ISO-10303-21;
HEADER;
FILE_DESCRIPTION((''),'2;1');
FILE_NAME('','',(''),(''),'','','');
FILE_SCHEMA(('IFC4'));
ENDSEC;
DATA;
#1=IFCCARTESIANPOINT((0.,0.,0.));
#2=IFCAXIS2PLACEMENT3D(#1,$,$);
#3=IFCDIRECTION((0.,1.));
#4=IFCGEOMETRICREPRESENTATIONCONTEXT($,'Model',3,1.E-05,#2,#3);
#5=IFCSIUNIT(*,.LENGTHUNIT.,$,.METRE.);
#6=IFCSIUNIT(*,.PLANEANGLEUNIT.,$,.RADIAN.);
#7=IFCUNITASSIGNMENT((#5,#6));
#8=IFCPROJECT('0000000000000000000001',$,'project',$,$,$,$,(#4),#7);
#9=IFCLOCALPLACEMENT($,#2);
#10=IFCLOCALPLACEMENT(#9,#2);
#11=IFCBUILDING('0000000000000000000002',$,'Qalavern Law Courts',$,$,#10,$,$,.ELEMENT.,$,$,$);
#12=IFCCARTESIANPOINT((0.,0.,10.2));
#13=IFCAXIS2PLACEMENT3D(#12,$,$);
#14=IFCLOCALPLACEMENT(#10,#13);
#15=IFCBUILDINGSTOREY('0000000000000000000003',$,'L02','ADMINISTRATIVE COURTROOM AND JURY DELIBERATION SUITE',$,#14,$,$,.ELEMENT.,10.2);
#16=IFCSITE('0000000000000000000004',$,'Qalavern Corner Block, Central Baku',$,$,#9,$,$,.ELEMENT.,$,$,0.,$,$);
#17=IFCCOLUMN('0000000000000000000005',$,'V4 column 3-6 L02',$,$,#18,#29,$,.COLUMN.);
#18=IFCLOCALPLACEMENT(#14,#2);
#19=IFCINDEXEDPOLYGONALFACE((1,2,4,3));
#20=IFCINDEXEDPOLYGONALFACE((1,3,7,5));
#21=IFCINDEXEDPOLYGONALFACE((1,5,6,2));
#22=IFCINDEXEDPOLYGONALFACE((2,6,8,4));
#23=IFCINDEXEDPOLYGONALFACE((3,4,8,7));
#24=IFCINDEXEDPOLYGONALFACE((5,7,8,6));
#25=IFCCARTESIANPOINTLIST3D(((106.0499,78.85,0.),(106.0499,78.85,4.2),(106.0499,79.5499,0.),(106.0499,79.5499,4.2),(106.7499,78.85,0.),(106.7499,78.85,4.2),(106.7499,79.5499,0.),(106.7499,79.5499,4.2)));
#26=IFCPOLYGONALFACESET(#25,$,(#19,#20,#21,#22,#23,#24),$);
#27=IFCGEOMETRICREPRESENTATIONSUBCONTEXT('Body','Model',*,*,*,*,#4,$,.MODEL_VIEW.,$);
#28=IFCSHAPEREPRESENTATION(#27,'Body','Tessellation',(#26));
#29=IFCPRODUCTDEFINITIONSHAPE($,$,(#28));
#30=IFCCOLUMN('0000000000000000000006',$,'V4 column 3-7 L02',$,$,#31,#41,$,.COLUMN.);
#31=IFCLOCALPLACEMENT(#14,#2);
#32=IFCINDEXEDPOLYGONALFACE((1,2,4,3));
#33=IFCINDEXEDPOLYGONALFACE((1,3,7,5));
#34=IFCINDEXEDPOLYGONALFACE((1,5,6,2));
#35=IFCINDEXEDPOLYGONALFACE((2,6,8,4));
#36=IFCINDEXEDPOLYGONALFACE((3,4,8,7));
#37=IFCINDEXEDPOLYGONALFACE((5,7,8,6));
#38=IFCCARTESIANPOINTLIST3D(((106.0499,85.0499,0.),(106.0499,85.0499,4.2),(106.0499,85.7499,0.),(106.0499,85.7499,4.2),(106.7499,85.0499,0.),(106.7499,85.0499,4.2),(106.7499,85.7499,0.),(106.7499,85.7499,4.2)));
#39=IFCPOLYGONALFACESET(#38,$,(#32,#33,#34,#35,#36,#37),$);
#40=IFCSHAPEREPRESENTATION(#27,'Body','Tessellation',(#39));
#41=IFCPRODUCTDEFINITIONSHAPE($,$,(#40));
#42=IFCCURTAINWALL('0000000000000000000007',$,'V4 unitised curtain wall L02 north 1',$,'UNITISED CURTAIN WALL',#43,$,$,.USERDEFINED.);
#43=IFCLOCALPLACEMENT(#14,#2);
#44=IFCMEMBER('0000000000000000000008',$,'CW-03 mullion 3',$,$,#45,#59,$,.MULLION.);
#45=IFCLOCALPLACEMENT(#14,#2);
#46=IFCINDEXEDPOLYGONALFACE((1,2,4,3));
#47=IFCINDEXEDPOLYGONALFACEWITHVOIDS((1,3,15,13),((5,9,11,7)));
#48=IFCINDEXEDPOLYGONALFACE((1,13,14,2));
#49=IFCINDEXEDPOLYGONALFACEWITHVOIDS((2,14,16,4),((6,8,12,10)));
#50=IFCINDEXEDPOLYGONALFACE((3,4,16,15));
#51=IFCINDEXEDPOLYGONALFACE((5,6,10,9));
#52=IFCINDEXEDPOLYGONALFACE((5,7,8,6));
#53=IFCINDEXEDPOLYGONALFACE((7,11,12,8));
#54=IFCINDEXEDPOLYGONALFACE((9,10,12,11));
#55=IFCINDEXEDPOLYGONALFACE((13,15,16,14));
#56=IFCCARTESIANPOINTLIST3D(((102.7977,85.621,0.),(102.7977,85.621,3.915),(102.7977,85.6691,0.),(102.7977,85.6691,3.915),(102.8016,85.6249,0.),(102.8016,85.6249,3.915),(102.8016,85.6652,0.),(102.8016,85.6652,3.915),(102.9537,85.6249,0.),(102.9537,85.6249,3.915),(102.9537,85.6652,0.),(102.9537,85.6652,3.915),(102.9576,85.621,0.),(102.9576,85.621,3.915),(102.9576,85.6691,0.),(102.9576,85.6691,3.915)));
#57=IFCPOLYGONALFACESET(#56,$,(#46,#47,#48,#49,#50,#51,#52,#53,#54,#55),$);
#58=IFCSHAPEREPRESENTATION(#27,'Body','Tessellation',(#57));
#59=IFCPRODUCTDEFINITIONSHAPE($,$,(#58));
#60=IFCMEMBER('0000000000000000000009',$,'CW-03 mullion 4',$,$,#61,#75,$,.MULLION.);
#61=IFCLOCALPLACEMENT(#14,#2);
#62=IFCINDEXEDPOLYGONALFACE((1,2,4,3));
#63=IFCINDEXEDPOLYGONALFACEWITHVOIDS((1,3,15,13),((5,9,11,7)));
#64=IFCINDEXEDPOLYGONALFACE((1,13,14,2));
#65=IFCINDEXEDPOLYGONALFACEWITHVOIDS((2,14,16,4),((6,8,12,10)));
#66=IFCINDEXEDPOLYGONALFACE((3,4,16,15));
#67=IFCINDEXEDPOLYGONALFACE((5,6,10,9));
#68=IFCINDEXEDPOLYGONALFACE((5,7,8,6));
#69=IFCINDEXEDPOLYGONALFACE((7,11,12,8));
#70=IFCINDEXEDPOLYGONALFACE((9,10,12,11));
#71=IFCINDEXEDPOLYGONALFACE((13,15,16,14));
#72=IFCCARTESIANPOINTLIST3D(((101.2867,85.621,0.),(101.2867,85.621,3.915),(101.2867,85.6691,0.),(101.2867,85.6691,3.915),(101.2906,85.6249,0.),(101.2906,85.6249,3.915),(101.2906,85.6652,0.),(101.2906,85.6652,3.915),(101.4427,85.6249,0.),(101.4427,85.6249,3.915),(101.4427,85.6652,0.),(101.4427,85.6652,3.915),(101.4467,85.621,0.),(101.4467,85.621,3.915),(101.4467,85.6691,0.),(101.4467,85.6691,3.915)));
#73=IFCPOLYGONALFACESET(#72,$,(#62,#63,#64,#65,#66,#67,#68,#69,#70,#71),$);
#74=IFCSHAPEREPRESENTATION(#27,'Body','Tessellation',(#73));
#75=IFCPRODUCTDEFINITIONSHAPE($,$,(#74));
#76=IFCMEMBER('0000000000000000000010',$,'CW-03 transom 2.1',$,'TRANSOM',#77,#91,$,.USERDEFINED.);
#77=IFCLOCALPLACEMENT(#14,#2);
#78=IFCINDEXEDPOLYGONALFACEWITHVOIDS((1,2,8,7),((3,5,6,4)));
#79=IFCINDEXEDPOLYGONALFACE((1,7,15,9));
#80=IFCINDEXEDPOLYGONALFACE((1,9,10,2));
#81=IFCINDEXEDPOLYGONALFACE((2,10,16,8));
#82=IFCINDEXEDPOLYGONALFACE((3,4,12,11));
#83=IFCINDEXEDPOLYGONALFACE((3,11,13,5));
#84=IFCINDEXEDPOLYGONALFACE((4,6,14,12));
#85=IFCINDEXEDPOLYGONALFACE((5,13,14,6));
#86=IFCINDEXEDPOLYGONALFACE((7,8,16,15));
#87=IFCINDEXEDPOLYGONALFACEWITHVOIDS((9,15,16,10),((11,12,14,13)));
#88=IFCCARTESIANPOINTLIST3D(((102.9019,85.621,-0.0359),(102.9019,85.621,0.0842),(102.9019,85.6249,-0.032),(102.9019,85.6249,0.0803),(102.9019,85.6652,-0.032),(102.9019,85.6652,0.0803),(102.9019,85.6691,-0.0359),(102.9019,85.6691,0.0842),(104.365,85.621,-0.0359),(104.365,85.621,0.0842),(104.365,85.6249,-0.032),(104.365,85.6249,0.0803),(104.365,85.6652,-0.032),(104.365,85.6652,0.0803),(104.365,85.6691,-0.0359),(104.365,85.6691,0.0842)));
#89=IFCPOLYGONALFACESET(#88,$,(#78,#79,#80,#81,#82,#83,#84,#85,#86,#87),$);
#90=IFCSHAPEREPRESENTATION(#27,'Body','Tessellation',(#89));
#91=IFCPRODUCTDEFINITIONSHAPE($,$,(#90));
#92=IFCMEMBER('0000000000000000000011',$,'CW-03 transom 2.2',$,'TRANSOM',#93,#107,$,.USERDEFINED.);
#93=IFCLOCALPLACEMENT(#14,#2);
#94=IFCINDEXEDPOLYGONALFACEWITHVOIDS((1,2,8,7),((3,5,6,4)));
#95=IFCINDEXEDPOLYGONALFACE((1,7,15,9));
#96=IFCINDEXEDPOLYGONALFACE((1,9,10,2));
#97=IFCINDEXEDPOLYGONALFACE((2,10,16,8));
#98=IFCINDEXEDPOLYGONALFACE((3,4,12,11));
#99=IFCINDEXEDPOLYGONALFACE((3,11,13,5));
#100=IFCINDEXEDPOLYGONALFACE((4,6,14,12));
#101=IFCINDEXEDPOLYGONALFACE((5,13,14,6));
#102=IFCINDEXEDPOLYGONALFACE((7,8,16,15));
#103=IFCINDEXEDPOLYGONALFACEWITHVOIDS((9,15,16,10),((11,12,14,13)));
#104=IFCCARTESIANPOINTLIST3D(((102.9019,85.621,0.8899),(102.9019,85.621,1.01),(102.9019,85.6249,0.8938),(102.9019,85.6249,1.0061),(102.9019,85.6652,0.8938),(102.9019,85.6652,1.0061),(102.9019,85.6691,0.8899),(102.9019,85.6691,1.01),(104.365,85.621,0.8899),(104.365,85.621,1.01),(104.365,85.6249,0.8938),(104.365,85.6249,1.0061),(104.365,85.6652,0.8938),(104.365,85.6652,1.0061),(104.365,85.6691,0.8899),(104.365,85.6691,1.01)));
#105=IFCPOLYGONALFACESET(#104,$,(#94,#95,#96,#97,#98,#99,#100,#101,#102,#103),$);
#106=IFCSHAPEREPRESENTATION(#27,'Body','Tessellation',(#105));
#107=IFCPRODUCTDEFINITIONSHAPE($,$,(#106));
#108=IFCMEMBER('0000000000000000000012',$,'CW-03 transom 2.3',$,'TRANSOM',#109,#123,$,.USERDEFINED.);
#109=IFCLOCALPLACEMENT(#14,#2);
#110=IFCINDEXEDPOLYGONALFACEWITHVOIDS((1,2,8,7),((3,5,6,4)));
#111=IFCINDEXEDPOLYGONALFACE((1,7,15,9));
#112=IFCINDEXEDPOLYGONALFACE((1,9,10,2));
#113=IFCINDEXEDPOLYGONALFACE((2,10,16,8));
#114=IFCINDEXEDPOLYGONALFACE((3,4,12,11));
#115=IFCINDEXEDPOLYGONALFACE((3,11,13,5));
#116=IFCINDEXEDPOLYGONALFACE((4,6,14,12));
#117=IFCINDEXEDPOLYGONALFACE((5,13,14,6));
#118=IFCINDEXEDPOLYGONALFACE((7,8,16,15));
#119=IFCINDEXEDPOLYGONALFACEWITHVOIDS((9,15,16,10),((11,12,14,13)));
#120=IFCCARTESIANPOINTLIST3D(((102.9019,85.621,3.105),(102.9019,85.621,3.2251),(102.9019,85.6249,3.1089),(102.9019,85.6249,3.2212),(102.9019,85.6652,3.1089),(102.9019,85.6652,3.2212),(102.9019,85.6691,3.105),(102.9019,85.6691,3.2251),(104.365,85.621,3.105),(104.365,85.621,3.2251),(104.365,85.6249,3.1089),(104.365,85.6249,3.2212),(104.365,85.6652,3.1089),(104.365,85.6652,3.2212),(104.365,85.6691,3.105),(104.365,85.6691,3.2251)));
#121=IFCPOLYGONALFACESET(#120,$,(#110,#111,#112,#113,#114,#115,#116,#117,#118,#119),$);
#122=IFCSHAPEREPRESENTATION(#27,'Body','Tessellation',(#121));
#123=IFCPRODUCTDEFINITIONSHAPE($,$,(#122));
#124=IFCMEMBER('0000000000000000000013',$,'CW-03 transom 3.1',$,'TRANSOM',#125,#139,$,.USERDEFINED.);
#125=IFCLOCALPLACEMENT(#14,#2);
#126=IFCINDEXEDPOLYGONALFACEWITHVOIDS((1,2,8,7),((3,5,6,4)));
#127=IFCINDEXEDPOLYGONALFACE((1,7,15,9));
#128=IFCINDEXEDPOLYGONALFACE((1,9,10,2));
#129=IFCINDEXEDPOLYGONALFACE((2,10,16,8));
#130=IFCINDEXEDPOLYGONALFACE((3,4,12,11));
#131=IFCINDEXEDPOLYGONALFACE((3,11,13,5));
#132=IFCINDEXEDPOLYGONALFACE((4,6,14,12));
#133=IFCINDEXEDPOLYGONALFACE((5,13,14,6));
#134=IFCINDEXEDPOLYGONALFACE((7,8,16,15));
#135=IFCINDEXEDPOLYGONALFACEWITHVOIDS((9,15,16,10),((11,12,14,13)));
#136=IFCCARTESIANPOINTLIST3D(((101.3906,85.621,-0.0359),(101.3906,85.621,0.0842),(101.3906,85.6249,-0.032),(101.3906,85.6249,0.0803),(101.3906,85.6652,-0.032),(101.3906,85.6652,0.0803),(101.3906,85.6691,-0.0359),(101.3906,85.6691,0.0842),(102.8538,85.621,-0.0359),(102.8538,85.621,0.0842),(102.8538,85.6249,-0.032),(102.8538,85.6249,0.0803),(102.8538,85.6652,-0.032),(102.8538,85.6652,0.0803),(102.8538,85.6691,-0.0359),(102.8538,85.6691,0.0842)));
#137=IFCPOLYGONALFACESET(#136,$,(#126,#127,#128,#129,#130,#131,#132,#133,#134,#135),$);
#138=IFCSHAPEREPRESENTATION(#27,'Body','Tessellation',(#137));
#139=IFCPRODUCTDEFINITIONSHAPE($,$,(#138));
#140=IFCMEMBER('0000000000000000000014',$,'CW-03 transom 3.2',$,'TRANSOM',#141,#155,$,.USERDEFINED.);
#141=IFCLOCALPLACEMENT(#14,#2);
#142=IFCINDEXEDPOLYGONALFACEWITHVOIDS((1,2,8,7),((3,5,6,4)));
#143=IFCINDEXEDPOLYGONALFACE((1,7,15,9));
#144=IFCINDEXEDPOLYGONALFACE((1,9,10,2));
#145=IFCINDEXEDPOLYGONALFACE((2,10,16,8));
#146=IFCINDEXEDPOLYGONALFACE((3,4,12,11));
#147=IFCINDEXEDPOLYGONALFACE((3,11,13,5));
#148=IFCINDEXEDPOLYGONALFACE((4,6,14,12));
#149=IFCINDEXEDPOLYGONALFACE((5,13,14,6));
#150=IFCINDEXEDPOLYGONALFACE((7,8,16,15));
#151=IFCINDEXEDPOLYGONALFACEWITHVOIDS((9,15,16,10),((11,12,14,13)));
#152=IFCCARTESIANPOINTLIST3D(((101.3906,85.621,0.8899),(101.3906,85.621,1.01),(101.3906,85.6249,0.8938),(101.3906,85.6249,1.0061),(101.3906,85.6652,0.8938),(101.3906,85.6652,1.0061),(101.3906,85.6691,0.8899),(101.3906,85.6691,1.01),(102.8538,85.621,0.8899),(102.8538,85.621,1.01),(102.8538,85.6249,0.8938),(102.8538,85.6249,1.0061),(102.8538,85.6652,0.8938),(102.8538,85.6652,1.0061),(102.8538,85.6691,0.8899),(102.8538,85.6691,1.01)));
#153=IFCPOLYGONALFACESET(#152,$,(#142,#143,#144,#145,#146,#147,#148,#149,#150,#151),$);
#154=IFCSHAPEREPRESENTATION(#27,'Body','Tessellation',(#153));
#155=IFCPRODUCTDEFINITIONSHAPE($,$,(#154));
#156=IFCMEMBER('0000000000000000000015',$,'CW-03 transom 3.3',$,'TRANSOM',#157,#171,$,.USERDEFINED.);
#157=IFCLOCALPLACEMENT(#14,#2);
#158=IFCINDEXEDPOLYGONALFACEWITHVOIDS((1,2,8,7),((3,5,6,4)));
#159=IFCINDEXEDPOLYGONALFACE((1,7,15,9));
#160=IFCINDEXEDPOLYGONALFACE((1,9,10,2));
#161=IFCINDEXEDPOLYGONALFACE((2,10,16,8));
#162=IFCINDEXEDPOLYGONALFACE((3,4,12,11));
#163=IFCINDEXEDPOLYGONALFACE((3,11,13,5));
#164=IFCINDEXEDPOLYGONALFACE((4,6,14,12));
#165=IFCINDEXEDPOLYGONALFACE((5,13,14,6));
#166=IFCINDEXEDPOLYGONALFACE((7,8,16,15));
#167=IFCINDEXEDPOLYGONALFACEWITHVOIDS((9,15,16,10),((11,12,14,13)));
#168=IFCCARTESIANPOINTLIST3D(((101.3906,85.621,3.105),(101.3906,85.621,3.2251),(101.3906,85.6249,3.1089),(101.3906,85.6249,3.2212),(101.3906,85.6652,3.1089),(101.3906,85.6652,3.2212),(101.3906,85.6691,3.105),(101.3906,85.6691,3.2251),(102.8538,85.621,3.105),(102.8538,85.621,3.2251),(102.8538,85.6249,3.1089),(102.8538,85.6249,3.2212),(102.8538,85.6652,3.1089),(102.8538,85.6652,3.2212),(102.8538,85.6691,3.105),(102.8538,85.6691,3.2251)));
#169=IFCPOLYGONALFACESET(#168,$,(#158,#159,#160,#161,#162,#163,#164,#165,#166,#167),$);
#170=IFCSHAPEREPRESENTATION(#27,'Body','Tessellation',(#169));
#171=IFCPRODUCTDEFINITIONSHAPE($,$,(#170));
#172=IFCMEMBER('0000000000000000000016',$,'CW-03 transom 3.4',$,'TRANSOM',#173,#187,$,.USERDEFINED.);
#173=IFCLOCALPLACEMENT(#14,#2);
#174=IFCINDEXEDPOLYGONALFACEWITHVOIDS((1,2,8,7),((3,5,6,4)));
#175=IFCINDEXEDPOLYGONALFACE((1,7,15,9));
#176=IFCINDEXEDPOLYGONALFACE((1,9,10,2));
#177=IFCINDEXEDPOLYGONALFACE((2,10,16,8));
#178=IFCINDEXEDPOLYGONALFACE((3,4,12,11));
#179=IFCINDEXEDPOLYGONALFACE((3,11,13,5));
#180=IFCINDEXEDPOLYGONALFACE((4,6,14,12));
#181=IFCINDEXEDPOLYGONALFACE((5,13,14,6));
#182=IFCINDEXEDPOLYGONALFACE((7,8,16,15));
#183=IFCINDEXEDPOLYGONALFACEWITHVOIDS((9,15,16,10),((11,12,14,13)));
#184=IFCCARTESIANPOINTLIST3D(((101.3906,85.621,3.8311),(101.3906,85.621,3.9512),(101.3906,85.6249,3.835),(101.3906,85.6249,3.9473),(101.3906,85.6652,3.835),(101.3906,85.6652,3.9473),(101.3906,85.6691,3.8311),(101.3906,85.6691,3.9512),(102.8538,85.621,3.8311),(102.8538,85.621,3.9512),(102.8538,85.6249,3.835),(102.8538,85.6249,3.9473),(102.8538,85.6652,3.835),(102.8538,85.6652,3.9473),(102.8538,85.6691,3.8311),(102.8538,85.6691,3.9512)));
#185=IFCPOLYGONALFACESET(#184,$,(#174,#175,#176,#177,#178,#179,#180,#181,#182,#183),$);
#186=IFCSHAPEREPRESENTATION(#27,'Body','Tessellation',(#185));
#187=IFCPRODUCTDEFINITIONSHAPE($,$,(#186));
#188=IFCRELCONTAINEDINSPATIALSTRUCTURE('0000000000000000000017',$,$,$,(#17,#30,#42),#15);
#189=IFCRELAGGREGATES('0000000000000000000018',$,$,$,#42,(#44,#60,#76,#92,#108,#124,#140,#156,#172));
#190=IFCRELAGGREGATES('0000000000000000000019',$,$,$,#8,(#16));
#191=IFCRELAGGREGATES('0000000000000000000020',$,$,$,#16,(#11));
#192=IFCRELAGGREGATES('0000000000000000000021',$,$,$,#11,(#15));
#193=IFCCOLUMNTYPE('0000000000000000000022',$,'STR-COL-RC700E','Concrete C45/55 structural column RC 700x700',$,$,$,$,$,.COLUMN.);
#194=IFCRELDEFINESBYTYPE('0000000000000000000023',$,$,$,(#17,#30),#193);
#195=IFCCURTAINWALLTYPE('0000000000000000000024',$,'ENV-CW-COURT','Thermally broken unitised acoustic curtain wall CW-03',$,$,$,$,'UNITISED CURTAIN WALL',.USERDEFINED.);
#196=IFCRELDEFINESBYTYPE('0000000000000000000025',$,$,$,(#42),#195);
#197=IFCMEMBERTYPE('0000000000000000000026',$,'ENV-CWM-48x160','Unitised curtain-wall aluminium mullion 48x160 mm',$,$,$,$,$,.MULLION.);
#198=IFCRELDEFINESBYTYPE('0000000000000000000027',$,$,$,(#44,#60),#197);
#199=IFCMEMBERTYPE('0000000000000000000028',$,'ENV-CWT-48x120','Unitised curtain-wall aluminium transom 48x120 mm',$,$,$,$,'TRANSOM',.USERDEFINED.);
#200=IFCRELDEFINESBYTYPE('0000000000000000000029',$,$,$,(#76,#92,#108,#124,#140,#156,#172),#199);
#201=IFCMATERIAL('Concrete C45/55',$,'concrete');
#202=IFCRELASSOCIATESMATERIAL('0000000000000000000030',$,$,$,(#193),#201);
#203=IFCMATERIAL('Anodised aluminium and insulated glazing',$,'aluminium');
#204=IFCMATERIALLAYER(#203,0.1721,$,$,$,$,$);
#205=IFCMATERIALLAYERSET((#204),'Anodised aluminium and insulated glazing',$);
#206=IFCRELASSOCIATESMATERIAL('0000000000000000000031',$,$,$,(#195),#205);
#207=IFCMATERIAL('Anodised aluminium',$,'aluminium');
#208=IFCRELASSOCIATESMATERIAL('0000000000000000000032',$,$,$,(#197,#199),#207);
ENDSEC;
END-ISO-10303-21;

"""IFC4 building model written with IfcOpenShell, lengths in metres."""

from ifc_helpers import new_model, si_unit, direction, frame, origin, origin_2d, place, context, subcontext, project, spatial, rectangle, hollow_rectangle, extrude, material, layer, layer_set, material_profile, profile_set, type_object, element, aggregate, save


model = new_model("IFC4")

# Units and contexts
model_context = context("Model", 3, precision=1e-05, world=origin(), true_north=direction((0.0, 1.0)))
body_context = subcontext(model_context, "Body", "Model", "MODEL_VIEW")
ifc_project = project(units=[si_unit("LENGTHUNIT", "METRE"), si_unit("PLANEANGLEUNIT", "RADIAN")], contexts=[model_context])

# Site, building, storey
site_placement = place(None, origin())
site = spatial("IfcSite", under=ifc_project, at=site_placement, Name="Qalavern Corner Block, Central Baku", CompositionType="ELEMENT", RefElevation=0.0)
building_placement = place(site_placement, origin())
building = spatial("IfcBuilding", under=site, at=building_placement, Name="Qalavern Law Courts", CompositionType="ELEMENT")
storey_placement = place(building_placement, frame((0.0, 0.0, 10.2)))
storey = spatial("IfcBuildingStorey", under=building, at=storey_placement, Name="L02", Description="ADMINISTRATIVE COURTROOM AND JURY DELIBERATION SUITE", CompositionType="ELEMENT", Elevation=10.2)

# Columns
ifc_material_1 = material(Name="Concrete C45/55", Category="concrete")
ifc_material_profile_1 = material_profile(ifc_material_1, rectangle(XDim=0.7, YDim=0.7, at=origin_2d()), Name="RC 700x700")
ifc_profile_set_1 = profile_set([ifc_material_profile_1], Name="Concrete C45/55")
column_type = type_object("IfcColumnType", Name="STR-COL-RC700E", Description="Concrete C45/55 structural column RC 700x700", PredefinedType="COLUMN", material=ifc_profile_set_1)
for number, where, z_axis, x_axis, name in (
    (1, (106.3999, 79.2, 0.0), (0.0, 0.0, 1.0), (1.0, 0.0, 0.0), "V4 column 3-6 L02"),
    (2, (106.3999, 85.3999, 0.0), (0.0, 0.0, 1.0), (1.0, 0.0, 0.0), "V4 column 3-7 L02"),
):
    element("IfcColumn", number, at=place(storey_placement, frame(where, z_axis=z_axis, x_axis=x_axis)), inside=storey, type_object=column_type, Name=name, PredefinedType="COLUMN", context=body_context, shape_type="SweptSolid", body=[
        extrude(rectangle(XDim=0.7, YDim=0.7, at=origin_2d()), origin(), (0.0, 0.0, 1.0), 4.2),
    ])

# Curtain wall, members
ifc_material_2 = material(Name="Anodised aluminium and insulated glazing", Category="aluminium")
ifc_layer_1 = layer(ifc_material_2, 0.1721)
ifc_layer_set_1 = layer_set([ifc_layer_1], Name="Anodised aluminium and insulated glazing")
curtain_wall_type = type_object("IfcCurtainWallType", Name="ENV-CW-COURT", Description="Thermally broken unitised acoustic curtain wall CW-03", ElementType="UNITISED CURTAIN WALL", PredefinedType="USERDEFINED", material=ifc_layer_set_1)
curtain_wall_placement = place(storey_placement, origin())
curtain_wall = element("IfcCurtainWall", 3, at=curtain_wall_placement, inside=storey, type_object=curtain_wall_type, Name="V4 unitised curtain wall L02 north 1", ObjectType="UNITISED CURTAIN WALL", PredefinedType="USERDEFINED")
ifc_material_3 = material(Name="Anodised aluminium", Category="aluminium")
ifc_material_profile_2 = material_profile(ifc_material_3, hollow_rectangle(XDim=0.0481, YDim=0.1599, WallThickness=0.0039, at=origin_2d()), Name="ALU MULLION 48x160")
ifc_profile_set_2 = profile_set([ifc_material_profile_2], Name="Anodised aluminium")
member_type_1 = type_object("IfcMemberType", Name="ENV-CWM-48x160", Description="Unitised curtain-wall aluminium mullion 48x160 mm", PredefinedType="MULLION", material=ifc_profile_set_2)
member_1_placement = place(storey_placement, frame((102.8777, 85.645, 0.0), z_axis=(0.0, 0.0, 1.0), x_axis=(0.0, -1.0, 0.0)))
member_1 = element("IfcMember", 4, at=member_1_placement, type_object=member_type_1, Name="CW-03 mullion 3", PredefinedType="MULLION", context=body_context, shape_type="SweptSolid", body=[
    extrude(hollow_rectangle(XDim=0.0481, YDim=0.1599, WallThickness=0.0039, at=origin_2d()), origin(), (0.0, 0.0, 1.0), 3.915),
])
member_2_placement = place(storey_placement, frame((101.3667, 85.645, 0.0), z_axis=(0.0, 0.0, 1.0), x_axis=(0.0, -1.0, 0.0)))
member_2 = element("IfcMember", 5, at=member_2_placement, type_object=member_type_1, Name="CW-03 mullion 4", PredefinedType="MULLION", context=body_context, shape_type="SweptSolid", body=[
    extrude(hollow_rectangle(XDim=0.0481, YDim=0.1599, WallThickness=0.0039, at=origin_2d()), origin(), (0.0, 0.0, 1.0), 3.915),
])
ifc_material_profile_3 = material_profile(ifc_material_3, hollow_rectangle(XDim=0.0481, YDim=0.1201, WallThickness=0.0039, at=origin_2d()), Name="ALU TRANSOM 48x120")
ifc_profile_set_3 = profile_set([ifc_material_profile_3], Name="Anodised aluminium")
member_type_2 = type_object("IfcMemberType", Name="ENV-CWT-48x120", Description="Unitised curtain-wall aluminium transom 48x120 mm", ElementType="TRANSOM", PredefinedType="USERDEFINED", material=ifc_profile_set_3)
member_3_placement = place(storey_placement, frame((104.365, 85.645, 0.0242), z_axis=(-1.0, 0.0, 0.0), x_axis=(0.0, -1.0, 0.0)))
member_3 = element("IfcMember", 6, at=member_3_placement, type_object=member_type_2, Name="CW-03 transom 2.1", ObjectType="TRANSOM", PredefinedType="USERDEFINED", context=body_context, shape_type="SweptSolid", body=[
    extrude(hollow_rectangle(XDim=0.0481, YDim=0.1201, WallThickness=0.0039, at=origin_2d()), origin(), (0.0, 0.0, 1.0), 1.4631),
])
member_4_placement = place(storey_placement, frame((104.365, 85.645, 0.95), z_axis=(-1.0, 0.0, 0.0), x_axis=(0.0, -1.0, 0.0)))
member_4 = element("IfcMember", 7, at=member_4_placement, type_object=member_type_2, Name="CW-03 transom 2.2", ObjectType="TRANSOM", PredefinedType="USERDEFINED", context=body_context, shape_type="SweptSolid", body=[
    extrude(hollow_rectangle(XDim=0.0481, YDim=0.1201, WallThickness=0.0039, at=origin_2d()), origin(), (0.0, 0.0, 1.0), 1.4631),
])
member_5_placement = place(storey_placement, frame((104.365, 85.645, 3.165), z_axis=(-1.0, 0.0, 0.0), x_axis=(0.0, -1.0, 0.0)))
member_5 = element("IfcMember", 8, at=member_5_placement, type_object=member_type_2, Name="CW-03 transom 2.3", ObjectType="TRANSOM", PredefinedType="USERDEFINED", context=body_context, shape_type="SweptSolid", body=[
    extrude(hollow_rectangle(XDim=0.0481, YDim=0.1201, WallThickness=0.0039, at=origin_2d()), origin(), (0.0, 0.0, 1.0), 1.4631),
])
member_6_placement = place(storey_placement, frame((102.8538, 85.645, 0.0242), z_axis=(-1.0, 0.0, 0.0), x_axis=(0.0, -1.0, 0.0)))
member_6 = element("IfcMember", 9, at=member_6_placement, type_object=member_type_2, Name="CW-03 transom 3.1", ObjectType="TRANSOM", PredefinedType="USERDEFINED", context=body_context, shape_type="SweptSolid", body=[
    extrude(hollow_rectangle(XDim=0.0481, YDim=0.1201, WallThickness=0.0039, at=origin_2d()), origin(), (0.0, 0.0, 1.0), 1.4631),
])
member_7_placement = place(storey_placement, frame((102.8538, 85.645, 0.95), z_axis=(-1.0, 0.0, 0.0), x_axis=(0.0, -1.0, 0.0)))
member_7 = element("IfcMember", 10, at=member_7_placement, type_object=member_type_2, Name="CW-03 transom 3.2", ObjectType="TRANSOM", PredefinedType="USERDEFINED", context=body_context, shape_type="SweptSolid", body=[
    extrude(hollow_rectangle(XDim=0.0481, YDim=0.1201, WallThickness=0.0039, at=origin_2d()), origin(), (0.0, 0.0, 1.0), 1.4631),
])
member_8_placement = place(storey_placement, frame((102.8538, 85.645, 3.165), z_axis=(-1.0, 0.0, 0.0), x_axis=(0.0, -1.0, 0.0)))
member_8 = element("IfcMember", 11, at=member_8_placement, type_object=member_type_2, Name="CW-03 transom 3.3", ObjectType="TRANSOM", PredefinedType="USERDEFINED", context=body_context, shape_type="SweptSolid", body=[
    extrude(hollow_rectangle(XDim=0.0481, YDim=0.1201, WallThickness=0.0039, at=origin_2d()), origin(), (0.0, 0.0, 1.0), 1.4631),
])
member_9_placement = place(storey_placement, frame((102.8538, 85.645, 3.8911), z_axis=(-1.0, 0.0, 0.0), x_axis=(0.0, -1.0, 0.0)))
member_9 = element("IfcMember", 12, at=member_9_placement, type_object=member_type_2, Name="CW-03 transom 3.4", ObjectType="TRANSOM", PredefinedType="USERDEFINED", context=body_context, shape_type="SweptSolid", body=[
    extrude(hollow_rectangle(XDim=0.0481, YDim=0.1201, WallThickness=0.0039, at=origin_2d()), origin(), (0.0, 0.0, 1.0), 1.4631),
])

aggregate(curtain_wall, [member_1, member_2, member_3, member_4, member_5, member_6, member_7, member_8, member_9])

save(model, "model.ifc")
